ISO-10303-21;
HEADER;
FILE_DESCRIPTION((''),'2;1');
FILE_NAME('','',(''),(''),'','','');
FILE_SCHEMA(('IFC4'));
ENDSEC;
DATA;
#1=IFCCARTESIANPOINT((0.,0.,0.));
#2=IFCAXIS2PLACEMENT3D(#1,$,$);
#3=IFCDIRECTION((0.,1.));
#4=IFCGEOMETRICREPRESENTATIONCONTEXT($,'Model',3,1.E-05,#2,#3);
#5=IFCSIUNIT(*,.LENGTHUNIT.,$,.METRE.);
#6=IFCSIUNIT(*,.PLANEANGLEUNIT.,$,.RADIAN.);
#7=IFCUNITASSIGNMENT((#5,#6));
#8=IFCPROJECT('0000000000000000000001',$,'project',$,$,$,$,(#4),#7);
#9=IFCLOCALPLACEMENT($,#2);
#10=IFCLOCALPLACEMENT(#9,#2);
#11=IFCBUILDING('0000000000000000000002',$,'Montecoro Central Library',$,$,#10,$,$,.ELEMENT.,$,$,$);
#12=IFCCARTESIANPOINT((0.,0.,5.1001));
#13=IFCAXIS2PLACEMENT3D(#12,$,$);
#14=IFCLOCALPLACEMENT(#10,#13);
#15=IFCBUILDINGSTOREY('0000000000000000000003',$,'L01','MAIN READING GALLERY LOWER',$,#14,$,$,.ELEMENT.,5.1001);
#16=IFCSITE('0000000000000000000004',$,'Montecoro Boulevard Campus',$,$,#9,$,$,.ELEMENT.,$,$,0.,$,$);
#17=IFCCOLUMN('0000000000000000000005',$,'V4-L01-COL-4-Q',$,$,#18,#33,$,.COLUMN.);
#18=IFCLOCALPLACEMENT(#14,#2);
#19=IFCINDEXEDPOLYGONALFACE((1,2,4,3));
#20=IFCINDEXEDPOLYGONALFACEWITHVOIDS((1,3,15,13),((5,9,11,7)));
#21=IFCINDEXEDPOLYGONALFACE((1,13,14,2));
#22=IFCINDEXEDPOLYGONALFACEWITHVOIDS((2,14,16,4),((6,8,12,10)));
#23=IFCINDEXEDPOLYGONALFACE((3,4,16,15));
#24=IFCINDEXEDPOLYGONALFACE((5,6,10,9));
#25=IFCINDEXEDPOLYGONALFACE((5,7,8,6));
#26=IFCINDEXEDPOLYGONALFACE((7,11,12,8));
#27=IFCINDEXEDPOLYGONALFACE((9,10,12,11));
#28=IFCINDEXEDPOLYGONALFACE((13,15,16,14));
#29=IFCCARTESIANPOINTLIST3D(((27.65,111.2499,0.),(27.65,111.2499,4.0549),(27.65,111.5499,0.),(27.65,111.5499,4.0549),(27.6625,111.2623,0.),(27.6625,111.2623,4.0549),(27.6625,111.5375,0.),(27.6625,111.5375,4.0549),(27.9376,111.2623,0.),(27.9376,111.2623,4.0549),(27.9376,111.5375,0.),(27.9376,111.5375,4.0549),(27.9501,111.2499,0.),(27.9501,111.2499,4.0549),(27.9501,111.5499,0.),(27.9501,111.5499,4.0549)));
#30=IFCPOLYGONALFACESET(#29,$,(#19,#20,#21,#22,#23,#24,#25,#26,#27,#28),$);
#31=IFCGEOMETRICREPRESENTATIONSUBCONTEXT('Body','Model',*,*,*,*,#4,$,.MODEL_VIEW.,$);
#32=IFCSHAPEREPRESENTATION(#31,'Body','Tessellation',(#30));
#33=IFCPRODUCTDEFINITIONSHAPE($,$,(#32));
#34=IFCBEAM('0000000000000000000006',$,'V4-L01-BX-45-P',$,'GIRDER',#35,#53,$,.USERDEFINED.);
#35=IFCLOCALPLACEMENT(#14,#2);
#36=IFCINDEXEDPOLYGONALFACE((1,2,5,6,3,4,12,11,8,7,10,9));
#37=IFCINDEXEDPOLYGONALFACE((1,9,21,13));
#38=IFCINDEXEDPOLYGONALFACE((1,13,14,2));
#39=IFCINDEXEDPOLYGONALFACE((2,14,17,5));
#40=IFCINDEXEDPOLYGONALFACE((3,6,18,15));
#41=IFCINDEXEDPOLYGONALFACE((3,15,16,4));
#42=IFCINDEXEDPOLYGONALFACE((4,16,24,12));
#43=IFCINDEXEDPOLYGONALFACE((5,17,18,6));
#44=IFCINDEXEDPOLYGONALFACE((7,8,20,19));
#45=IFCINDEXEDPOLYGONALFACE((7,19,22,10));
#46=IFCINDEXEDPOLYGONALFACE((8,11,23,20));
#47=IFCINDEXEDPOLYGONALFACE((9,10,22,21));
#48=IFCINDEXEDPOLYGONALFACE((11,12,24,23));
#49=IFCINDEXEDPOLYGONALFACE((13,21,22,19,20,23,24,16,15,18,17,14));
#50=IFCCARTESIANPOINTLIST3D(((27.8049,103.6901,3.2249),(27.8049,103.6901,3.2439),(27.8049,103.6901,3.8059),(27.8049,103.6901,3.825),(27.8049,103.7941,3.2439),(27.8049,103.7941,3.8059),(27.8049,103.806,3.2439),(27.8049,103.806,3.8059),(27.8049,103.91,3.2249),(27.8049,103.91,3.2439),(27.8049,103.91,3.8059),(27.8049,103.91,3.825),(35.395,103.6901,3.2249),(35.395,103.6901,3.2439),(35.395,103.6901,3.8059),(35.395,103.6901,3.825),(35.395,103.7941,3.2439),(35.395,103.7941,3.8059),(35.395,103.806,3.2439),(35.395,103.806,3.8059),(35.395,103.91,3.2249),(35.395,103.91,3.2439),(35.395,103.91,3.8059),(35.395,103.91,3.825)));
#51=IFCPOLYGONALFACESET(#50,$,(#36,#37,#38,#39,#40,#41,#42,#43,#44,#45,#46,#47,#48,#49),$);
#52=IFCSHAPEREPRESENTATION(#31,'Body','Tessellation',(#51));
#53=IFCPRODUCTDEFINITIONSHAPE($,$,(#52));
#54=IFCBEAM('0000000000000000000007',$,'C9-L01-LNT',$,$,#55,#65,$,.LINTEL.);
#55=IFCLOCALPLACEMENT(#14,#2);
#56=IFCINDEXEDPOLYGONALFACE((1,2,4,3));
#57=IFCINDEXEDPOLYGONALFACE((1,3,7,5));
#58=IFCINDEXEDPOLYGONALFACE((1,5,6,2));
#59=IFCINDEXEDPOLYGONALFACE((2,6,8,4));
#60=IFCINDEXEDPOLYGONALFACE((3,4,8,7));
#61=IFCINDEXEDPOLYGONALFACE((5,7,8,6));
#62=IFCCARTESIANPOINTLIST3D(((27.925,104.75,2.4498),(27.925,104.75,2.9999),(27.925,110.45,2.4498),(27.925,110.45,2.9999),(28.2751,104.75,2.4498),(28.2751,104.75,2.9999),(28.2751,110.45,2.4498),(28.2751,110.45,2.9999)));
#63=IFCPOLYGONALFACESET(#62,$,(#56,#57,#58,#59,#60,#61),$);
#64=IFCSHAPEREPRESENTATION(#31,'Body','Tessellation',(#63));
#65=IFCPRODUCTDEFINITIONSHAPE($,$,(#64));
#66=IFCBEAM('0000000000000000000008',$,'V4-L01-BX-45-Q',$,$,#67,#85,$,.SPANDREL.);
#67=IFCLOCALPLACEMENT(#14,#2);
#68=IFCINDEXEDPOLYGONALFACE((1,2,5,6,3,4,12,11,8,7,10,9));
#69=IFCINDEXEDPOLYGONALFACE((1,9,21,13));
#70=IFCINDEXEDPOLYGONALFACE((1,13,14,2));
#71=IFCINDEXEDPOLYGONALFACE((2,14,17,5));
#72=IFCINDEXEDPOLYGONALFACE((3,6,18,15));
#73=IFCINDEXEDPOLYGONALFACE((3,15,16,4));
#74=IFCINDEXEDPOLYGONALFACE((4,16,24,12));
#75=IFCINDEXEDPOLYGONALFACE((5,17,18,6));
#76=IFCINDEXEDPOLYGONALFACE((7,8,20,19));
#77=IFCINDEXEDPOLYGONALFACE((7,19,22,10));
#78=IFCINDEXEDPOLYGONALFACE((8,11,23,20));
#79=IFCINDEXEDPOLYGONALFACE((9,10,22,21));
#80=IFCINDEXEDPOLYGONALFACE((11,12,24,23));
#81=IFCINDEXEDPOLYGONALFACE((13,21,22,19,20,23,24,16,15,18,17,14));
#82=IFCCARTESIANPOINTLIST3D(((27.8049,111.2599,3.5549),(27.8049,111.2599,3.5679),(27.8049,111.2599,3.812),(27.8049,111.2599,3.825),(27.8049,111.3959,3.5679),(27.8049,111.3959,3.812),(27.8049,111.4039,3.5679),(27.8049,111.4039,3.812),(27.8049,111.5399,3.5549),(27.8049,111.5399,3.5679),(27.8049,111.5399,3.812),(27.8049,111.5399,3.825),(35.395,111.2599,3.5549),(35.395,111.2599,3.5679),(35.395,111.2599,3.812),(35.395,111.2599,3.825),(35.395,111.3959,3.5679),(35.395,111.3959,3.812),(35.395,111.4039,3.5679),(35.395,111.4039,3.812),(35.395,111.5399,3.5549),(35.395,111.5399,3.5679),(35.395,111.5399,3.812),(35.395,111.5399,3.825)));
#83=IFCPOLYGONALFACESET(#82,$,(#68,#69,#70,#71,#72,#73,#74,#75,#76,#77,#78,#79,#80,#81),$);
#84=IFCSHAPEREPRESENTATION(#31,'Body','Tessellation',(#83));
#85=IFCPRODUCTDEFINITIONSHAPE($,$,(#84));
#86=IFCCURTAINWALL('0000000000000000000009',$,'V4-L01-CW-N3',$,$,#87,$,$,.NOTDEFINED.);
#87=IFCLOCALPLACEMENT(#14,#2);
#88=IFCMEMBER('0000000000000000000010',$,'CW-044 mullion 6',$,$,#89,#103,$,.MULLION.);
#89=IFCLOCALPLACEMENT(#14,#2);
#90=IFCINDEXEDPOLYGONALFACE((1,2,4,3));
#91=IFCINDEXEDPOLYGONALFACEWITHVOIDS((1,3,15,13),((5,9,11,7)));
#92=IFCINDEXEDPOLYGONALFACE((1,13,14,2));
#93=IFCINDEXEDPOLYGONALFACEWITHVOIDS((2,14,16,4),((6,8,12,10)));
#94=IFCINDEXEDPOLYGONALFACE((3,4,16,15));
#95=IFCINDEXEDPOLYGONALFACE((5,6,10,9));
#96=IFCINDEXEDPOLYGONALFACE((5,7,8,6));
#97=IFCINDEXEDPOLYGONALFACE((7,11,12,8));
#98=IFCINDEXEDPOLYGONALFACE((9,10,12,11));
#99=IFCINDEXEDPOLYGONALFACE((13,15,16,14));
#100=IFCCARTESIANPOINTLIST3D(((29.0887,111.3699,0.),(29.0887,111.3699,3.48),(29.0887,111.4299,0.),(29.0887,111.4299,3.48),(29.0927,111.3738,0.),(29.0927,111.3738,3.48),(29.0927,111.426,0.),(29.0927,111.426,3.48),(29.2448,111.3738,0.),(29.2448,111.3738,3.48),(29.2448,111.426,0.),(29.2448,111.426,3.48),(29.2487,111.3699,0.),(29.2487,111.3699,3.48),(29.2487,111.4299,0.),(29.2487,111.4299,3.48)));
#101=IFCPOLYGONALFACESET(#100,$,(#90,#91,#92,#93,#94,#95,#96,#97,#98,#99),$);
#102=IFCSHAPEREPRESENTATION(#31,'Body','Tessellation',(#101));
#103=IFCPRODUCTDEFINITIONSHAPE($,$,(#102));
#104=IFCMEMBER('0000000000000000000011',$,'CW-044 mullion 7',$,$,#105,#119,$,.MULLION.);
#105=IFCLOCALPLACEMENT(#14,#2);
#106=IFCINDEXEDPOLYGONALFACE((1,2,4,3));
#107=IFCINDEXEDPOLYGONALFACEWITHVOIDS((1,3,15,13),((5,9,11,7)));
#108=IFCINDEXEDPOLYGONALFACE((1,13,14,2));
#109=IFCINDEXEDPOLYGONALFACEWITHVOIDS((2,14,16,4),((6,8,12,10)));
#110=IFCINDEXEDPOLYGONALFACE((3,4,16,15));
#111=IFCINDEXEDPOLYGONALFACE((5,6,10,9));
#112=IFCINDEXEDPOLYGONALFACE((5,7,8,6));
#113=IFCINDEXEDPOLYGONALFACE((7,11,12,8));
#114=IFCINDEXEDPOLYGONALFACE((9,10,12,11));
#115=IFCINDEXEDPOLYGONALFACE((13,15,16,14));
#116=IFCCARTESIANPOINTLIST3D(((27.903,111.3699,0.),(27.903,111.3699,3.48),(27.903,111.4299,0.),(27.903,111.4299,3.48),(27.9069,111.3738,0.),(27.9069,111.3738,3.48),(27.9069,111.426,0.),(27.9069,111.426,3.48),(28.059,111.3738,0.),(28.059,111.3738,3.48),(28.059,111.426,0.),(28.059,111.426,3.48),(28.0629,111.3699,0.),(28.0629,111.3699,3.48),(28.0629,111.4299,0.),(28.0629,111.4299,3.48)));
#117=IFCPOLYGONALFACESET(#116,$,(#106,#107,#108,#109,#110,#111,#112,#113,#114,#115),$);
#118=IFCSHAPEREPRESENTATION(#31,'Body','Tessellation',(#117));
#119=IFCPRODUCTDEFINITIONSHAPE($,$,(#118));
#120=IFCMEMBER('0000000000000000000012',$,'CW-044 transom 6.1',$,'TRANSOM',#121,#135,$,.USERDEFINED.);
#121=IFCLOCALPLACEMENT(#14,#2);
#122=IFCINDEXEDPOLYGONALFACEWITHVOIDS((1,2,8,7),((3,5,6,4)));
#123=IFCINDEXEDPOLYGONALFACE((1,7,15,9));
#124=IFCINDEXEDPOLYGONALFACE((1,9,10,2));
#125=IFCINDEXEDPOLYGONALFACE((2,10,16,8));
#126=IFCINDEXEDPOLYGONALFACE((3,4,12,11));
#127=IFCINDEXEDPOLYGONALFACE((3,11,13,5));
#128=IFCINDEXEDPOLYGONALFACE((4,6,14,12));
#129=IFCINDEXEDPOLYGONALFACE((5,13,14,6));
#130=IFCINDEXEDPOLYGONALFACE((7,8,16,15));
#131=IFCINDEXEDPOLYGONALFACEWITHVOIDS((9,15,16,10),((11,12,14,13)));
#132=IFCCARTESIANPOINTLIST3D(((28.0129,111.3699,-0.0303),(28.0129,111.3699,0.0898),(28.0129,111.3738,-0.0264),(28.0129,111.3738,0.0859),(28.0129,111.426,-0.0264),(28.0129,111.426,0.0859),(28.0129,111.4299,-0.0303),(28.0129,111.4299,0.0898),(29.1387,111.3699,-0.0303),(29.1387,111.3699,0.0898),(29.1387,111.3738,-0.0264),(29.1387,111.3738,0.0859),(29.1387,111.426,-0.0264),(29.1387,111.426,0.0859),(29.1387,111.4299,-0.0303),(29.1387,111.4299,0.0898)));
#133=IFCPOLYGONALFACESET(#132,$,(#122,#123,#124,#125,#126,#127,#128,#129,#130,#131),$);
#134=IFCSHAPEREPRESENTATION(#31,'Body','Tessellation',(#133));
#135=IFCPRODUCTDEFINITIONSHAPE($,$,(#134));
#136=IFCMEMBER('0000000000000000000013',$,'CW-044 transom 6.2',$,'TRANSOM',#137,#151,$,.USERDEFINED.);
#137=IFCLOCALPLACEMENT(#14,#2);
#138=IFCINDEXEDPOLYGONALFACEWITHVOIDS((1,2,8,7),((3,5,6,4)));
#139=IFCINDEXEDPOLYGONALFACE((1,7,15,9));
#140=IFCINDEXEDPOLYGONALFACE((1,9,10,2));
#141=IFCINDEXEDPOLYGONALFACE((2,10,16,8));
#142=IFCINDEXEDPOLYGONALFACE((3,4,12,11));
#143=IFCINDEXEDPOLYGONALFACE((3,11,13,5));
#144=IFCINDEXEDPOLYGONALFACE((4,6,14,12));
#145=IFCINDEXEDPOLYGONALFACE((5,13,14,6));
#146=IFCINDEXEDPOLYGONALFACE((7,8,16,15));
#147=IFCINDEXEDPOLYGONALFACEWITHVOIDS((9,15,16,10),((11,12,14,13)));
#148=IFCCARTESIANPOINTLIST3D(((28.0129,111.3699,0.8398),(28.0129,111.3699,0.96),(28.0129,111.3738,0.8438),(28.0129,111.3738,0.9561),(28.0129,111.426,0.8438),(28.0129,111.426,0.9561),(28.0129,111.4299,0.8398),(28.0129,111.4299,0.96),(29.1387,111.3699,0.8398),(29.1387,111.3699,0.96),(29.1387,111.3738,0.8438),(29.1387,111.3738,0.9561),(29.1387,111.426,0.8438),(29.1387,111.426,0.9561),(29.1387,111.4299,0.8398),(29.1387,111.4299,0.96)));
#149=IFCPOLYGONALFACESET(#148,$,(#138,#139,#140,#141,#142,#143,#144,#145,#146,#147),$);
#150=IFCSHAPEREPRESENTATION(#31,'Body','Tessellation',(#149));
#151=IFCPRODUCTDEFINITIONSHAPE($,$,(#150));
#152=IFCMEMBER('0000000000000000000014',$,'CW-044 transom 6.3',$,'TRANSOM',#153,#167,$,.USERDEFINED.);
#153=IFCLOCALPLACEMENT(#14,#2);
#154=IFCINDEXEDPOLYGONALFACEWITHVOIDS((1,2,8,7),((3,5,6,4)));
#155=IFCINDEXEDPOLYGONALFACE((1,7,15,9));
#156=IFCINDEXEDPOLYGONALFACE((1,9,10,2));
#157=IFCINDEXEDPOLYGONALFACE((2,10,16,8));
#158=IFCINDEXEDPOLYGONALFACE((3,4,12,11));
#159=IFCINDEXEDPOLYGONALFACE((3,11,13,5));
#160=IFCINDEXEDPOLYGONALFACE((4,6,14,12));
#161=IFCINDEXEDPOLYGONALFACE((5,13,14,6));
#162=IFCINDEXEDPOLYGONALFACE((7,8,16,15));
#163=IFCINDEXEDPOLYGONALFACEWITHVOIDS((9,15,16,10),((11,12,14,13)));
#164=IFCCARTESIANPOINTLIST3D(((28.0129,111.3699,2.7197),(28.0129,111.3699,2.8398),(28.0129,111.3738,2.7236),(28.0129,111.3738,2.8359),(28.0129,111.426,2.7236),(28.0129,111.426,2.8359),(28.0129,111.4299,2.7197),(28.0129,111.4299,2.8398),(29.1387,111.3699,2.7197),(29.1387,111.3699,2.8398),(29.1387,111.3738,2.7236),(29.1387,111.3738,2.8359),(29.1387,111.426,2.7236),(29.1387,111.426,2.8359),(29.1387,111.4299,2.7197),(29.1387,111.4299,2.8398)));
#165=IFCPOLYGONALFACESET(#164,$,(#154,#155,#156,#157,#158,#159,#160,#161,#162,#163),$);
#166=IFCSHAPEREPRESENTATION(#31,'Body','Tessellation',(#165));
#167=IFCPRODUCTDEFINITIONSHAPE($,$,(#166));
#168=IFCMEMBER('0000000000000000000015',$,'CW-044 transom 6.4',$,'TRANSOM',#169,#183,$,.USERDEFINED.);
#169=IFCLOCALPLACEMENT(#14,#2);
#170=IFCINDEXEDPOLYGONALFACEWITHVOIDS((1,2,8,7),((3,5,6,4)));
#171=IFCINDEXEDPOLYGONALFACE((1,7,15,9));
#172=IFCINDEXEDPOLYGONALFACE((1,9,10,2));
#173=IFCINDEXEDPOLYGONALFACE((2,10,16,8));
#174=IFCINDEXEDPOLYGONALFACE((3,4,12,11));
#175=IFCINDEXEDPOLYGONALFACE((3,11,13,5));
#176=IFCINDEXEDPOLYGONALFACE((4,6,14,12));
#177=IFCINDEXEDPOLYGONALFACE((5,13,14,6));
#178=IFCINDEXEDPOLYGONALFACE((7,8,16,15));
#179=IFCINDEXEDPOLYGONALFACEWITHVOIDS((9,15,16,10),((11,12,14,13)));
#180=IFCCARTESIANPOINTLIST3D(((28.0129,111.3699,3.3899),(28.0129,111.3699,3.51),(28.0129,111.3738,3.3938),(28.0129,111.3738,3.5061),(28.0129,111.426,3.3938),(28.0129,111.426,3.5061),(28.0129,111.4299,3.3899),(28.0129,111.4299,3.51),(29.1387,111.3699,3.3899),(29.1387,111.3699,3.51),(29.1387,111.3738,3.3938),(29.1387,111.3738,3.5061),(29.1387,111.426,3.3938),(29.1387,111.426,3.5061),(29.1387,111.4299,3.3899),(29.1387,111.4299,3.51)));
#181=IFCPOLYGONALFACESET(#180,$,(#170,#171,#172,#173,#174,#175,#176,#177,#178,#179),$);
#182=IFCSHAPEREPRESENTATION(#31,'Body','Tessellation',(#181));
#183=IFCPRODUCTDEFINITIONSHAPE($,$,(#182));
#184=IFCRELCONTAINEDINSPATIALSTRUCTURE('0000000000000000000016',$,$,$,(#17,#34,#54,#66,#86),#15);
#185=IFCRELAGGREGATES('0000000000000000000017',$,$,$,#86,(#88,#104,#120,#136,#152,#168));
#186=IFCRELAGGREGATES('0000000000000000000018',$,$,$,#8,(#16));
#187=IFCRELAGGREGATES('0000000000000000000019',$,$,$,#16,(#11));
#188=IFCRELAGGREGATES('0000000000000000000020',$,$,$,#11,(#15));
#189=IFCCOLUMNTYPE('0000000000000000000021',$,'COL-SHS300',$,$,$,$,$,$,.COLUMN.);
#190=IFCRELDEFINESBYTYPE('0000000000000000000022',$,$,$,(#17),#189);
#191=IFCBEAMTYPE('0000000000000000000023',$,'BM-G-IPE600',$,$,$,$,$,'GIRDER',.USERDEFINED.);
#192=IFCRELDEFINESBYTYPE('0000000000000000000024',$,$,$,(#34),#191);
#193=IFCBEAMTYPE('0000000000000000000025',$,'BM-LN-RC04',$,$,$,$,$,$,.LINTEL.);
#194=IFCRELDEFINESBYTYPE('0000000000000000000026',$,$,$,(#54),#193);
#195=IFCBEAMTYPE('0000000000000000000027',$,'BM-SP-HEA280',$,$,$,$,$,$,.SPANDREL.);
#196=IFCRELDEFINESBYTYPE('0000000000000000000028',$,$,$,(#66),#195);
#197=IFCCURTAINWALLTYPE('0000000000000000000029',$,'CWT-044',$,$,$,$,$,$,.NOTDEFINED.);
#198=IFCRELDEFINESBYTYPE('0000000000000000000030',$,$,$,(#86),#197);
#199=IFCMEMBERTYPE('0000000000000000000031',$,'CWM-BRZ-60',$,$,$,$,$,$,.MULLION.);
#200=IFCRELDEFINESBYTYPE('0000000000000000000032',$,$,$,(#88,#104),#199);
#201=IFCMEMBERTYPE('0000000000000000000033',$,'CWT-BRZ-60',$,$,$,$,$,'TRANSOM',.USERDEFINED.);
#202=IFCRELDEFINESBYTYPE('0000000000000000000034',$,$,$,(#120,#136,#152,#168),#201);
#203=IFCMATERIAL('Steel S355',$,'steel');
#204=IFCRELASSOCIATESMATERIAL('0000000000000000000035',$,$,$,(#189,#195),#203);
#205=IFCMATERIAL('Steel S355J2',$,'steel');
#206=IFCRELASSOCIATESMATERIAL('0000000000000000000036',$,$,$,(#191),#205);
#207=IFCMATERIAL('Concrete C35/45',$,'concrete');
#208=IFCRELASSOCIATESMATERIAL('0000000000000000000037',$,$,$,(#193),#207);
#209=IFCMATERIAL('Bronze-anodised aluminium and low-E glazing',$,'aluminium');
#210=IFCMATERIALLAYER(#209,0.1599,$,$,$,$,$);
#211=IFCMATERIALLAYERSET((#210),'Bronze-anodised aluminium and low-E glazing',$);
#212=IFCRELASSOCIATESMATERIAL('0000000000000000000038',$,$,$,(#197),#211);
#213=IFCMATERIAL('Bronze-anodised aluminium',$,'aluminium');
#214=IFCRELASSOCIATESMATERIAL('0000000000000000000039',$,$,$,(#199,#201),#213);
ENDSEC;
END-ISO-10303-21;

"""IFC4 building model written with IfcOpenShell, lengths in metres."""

from ifc_helpers import new_model, si_unit, direction, frame, origin, origin_2d, place, context, subcontext, project, spatial, rectangle, hollow_rectangle, i_section, extrude, material, layer, layer_set, material_profile, profile_set, type_object, element, aggregate, save


model = new_model("IFC4")

# Units and contexts
model_context = context("Model", 3, precision=1e-05, world=origin(), true_north=direction((0.0, 1.0)))
body_context = subcontext(model_context, "Body", "Model", "MODEL_VIEW")
ifc_project = project(units=[si_unit("LENGTHUNIT", "METRE"), si_unit("PLANEANGLEUNIT", "RADIAN")], contexts=[model_context])

# Site, building, storey
site_placement = place(None, origin())
site = spatial("IfcSite", under=ifc_project, at=site_placement, Name="Montecoro Boulevard Campus", CompositionType="ELEMENT", RefElevation=0.0)
building_placement = place(site_placement, origin())
building = spatial("IfcBuilding", under=site, at=building_placement, Name="Montecoro Central Library", CompositionType="ELEMENT")
storey_placement = place(building_placement, frame((0.0, 0.0, 5.1001)))
storey = spatial("IfcBuildingStorey", under=building, at=storey_placement, Name="L01", Description="MAIN READING GALLERY LOWER", CompositionType="ELEMENT", Elevation=5.1001)

# Column
ifc_material_1 = material(Name="Steel S355", Category="steel")
ifc_material_profile_1 = material_profile(ifc_material_1, hollow_rectangle(XDim=0.3, YDim=0.3, WallThickness=0.0125, at=origin_2d()), Name="SHS 300x300x12.5")
ifc_profile_set_1 = profile_set([ifc_material_profile_1], Name="Steel S355")
column_type = type_object("IfcColumnType", Name="COL-SHS300", PredefinedType="COLUMN", material=ifc_profile_set_1)
column_placement = place(storey_placement, frame((27.8, 111.3999, 0.0), z_axis=(0.0, 0.0, 1.0), x_axis=(1.0, 0.0, 0.0)))
element("IfcColumn", 1, at=column_placement, inside=storey, type_object=column_type, Name="V4-L01-COL-4-Q", PredefinedType="COLUMN", context=body_context, shape_type="SweptSolid", body=[
    extrude(hollow_rectangle(XDim=0.3, YDim=0.3, WallThickness=0.0125, at=origin_2d()), origin(), (0.0, 0.0, 1.0), 4.0549),
])

# Beams
ifc_material_2 = material(Name="Steel S355J2", Category="steel")
ifc_material_profile_2 = material_profile(ifc_material_2, i_section(OverallWidth=0.22, OverallDepth=0.6001, WebThickness=0.012, FlangeThickness=0.019, at=origin_2d()), Name="IPE 600")
ifc_profile_set_2 = profile_set([ifc_material_profile_2], Name="Steel S355J2")
beam_type_1 = type_object("IfcBeamType", Name="BM-G-IPE600", ElementType="GIRDER", PredefinedType="USERDEFINED", material=ifc_profile_set_2)
beam_1_placement = place(storey_placement, frame((27.8049, 103.8, 3.5249), z_axis=(1.0, 0.0, 0.0), x_axis=(0.0, 1.0, 0.0)))
element("IfcBeam", 2, at=beam_1_placement, inside=storey, type_object=beam_type_1, Name="V4-L01-BX-45-P", ObjectType="GIRDER", PredefinedType="USERDEFINED", context=body_context, shape_type="SweptSolid", body=[
    extrude(i_section(OverallWidth=0.22, OverallDepth=0.6001, WebThickness=0.012, FlangeThickness=0.019, at=origin_2d()), origin(), (0.0, 0.0, 1.0), 7.5901),
])
ifc_material_3 = material(Name="Concrete C35/45", Category="concrete")
ifc_material_profile_3 = material_profile(ifc_material_3, rectangle(XDim=0.3501, YDim=0.55, at=origin_2d()), Name="RC LNT 550x350")
ifc_profile_set_3 = profile_set([ifc_material_profile_3], Name="Concrete C35/45")
beam_type_2 = type_object("IfcBeamType", Name="BM-LN-RC04", PredefinedType="LINTEL", material=ifc_profile_set_3)
beam_2_placement = place(storey_placement, frame((28.1001, 104.75, 2.7249), z_axis=(0.0, 1.0, 0.0), x_axis=(-1.0, 0.0, 0.0)))
element("IfcBeam", 3, at=beam_2_placement, inside=storey, type_object=beam_type_2, Name="C9-L01-LNT", PredefinedType="LINTEL", context=body_context, shape_type="SweptSolid", body=[
    extrude(rectangle(XDim=0.3501, YDim=0.55, at=origin_2d()), origin(), (0.0, 0.0, 1.0), 5.7),
])
ifc_material_profile_4 = material_profile(ifc_material_1, i_section(OverallWidth=0.28, OverallDepth=0.27, WebThickness=0.0081, FlangeThickness=0.0129, at=origin_2d()), Name="HEA 280")
ifc_profile_set_4 = profile_set([ifc_material_profile_4], Name="Steel S355")
beam_type_3 = type_object("IfcBeamType", Name="BM-SP-HEA280", PredefinedType="SPANDREL", material=ifc_profile_set_4)
beam_3_placement = place(storey_placement, frame((27.8049, 111.3999, 3.6899), z_axis=(1.0, 0.0, 0.0), x_axis=(0.0, 1.0, 0.0)))
element("IfcBeam", 4, at=beam_3_placement, inside=storey, type_object=beam_type_3, Name="V4-L01-BX-45-Q", PredefinedType="SPANDREL", context=body_context, shape_type="SweptSolid", body=[
    extrude(i_section(OverallWidth=0.28, OverallDepth=0.27, WebThickness=0.0081, FlangeThickness=0.0129, at=origin_2d()), origin(), (0.0, 0.0, 1.0), 7.5901),
])

# Curtain wall, members
ifc_material_4 = material(Name="Bronze-anodised aluminium and low-E glazing", Category="aluminium")
ifc_layer_1 = layer(ifc_material_4, 0.1599)
ifc_layer_set_1 = layer_set([ifc_layer_1], Name="Bronze-anodised aluminium and low-E glazing")
curtain_wall_type = type_object("IfcCurtainWallType", Name="CWT-044", PredefinedType="NOTDEFINED", material=ifc_layer_set_1)
curtain_wall_placement = place(storey_placement, origin())
curtain_wall = element("IfcCurtainWall", 5, at=curtain_wall_placement, inside=storey, type_object=curtain_wall_type, Name="V4-L01-CW-N3", PredefinedType="NOTDEFINED")
ifc_material_5 = material(Name="Bronze-anodised aluminium", Category="aluminium")
ifc_material_profile_5 = material_profile(ifc_material_5, hollow_rectangle(XDim=0.0601, YDim=0.1599, WallThickness=0.0039, at=origin_2d()), Name="CWM 160x60x4.0")
ifc_profile_set_5 = profile_set([ifc_material_profile_5], Name="Bronze-anodised aluminium")
member_type_1 = type_object("IfcMemberType", Name="CWM-BRZ-60", PredefinedType="MULLION", material=ifc_profile_set_5)
member_1_placement = place(storey_placement, frame((29.1687, 111.3999, 0.0), z_axis=(0.0, 0.0, 1.0), x_axis=(0.0, -1.0, 0.0)))
member_1 = element("IfcMember", 6, at=member_1_placement, type_object=member_type_1, Name="CW-044 mullion 6", PredefinedType="MULLION", context=body_context, shape_type="SweptSolid", body=[
    extrude(hollow_rectangle(XDim=0.0601, YDim=0.1599, WallThickness=0.0039, at=origin_2d()), origin(), (0.0, 0.0, 1.0), 3.48),
])
member_2_placement = place(storey_placement, frame((27.9829, 111.3999, 0.0), z_axis=(0.0, 0.0, 1.0), x_axis=(0.0, -1.0, 0.0)))
member_2 = element("IfcMember", 7, at=member_2_placement, type_object=member_type_1, Name="CW-044 mullion 7", PredefinedType="MULLION", context=body_context, shape_type="SweptSolid", body=[
    extrude(hollow_rectangle(XDim=0.0601, YDim=0.1599, WallThickness=0.0039, at=origin_2d()), origin(), (0.0, 0.0, 1.0), 3.48),
])
ifc_material_profile_6 = material_profile(ifc_material_5, hollow_rectangle(XDim=0.0601, YDim=0.1201, WallThickness=0.0039, at=origin_2d()), Name="CWT 120x60x4.0")
ifc_profile_set_6 = profile_set([ifc_material_profile_6], Name="Bronze-anodised aluminium")
member_type_2 = type_object("IfcMemberType", Name="CWT-BRZ-60", ElementType="TRANSOM", PredefinedType="USERDEFINED", material=ifc_profile_set_6)
member_3_placement = place(storey_placement, frame((29.1387, 111.3999, 0.0298), z_axis=(-1.0, 0.0, 0.0), x_axis=(0.0, -1.0, 0.0)))
member_3 = element("IfcMember", 8, at=member_3_placement, type_object=member_type_2, Name="CW-044 transom 6.1", ObjectType="TRANSOM", PredefinedType="USERDEFINED", context=body_context, shape_type="SweptSolid", body=[
    extrude(hollow_rectangle(XDim=0.0601, YDim=0.1201, WallThickness=0.0039, at=origin_2d()), origin(), (0.0, 0.0, 1.0), 1.1257),
])
member_4_placement = place(storey_placement, frame((29.1387, 111.3999, 0.8999), z_axis=(-1.0, 0.0, 0.0), x_axis=(0.0, -1.0, 0.0)))
member_4 = element("IfcMember", 9, at=member_4_placement, type_object=member_type_2, Name="CW-044 transom 6.2", ObjectType="TRANSOM", PredefinedType="USERDEFINED", context=body_context, shape_type="SweptSolid", body=[
    extrude(hollow_rectangle(XDim=0.0601, YDim=0.1201, WallThickness=0.0039, at=origin_2d()), origin(), (0.0, 0.0, 1.0), 1.1257),
])
member_5_placement = place(storey_placement, frame((29.1387, 111.3999, 2.7798), z_axis=(-1.0, 0.0, 0.0), x_axis=(0.0, -1.0, 0.0)))
member_5 = element("IfcMember", 10, at=member_5_placement, type_object=member_type_2, Name="CW-044 transom 6.3", ObjectType="TRANSOM", PredefinedType="USERDEFINED", context=body_context, shape_type="SweptSolid", body=[
    extrude(hollow_rectangle(XDim=0.0601, YDim=0.1201, WallThickness=0.0039, at=origin_2d()), origin(), (0.0, 0.0, 1.0), 1.1257),
])
member_6_placement = place(storey_placement, frame((29.1387, 111.3999, 3.45), z_axis=(-1.0, 0.0, 0.0), x_axis=(0.0, -1.0, 0.0)))
member_6 = element("IfcMember", 11, at=member_6_placement, type_object=member_type_2, Name="CW-044 transom 6.4", ObjectType="TRANSOM", PredefinedType="USERDEFINED", context=body_context, shape_type="SweptSolid", body=[
    extrude(hollow_rectangle(XDim=0.0601, YDim=0.1201, WallThickness=0.0039, at=origin_2d()), origin(), (0.0, 0.0, 1.0), 1.1257),
])
aggregate(curtain_wall, [member_1, member_2, member_3, member_4, member_5, member_6])

save(model, "model.ifc")
